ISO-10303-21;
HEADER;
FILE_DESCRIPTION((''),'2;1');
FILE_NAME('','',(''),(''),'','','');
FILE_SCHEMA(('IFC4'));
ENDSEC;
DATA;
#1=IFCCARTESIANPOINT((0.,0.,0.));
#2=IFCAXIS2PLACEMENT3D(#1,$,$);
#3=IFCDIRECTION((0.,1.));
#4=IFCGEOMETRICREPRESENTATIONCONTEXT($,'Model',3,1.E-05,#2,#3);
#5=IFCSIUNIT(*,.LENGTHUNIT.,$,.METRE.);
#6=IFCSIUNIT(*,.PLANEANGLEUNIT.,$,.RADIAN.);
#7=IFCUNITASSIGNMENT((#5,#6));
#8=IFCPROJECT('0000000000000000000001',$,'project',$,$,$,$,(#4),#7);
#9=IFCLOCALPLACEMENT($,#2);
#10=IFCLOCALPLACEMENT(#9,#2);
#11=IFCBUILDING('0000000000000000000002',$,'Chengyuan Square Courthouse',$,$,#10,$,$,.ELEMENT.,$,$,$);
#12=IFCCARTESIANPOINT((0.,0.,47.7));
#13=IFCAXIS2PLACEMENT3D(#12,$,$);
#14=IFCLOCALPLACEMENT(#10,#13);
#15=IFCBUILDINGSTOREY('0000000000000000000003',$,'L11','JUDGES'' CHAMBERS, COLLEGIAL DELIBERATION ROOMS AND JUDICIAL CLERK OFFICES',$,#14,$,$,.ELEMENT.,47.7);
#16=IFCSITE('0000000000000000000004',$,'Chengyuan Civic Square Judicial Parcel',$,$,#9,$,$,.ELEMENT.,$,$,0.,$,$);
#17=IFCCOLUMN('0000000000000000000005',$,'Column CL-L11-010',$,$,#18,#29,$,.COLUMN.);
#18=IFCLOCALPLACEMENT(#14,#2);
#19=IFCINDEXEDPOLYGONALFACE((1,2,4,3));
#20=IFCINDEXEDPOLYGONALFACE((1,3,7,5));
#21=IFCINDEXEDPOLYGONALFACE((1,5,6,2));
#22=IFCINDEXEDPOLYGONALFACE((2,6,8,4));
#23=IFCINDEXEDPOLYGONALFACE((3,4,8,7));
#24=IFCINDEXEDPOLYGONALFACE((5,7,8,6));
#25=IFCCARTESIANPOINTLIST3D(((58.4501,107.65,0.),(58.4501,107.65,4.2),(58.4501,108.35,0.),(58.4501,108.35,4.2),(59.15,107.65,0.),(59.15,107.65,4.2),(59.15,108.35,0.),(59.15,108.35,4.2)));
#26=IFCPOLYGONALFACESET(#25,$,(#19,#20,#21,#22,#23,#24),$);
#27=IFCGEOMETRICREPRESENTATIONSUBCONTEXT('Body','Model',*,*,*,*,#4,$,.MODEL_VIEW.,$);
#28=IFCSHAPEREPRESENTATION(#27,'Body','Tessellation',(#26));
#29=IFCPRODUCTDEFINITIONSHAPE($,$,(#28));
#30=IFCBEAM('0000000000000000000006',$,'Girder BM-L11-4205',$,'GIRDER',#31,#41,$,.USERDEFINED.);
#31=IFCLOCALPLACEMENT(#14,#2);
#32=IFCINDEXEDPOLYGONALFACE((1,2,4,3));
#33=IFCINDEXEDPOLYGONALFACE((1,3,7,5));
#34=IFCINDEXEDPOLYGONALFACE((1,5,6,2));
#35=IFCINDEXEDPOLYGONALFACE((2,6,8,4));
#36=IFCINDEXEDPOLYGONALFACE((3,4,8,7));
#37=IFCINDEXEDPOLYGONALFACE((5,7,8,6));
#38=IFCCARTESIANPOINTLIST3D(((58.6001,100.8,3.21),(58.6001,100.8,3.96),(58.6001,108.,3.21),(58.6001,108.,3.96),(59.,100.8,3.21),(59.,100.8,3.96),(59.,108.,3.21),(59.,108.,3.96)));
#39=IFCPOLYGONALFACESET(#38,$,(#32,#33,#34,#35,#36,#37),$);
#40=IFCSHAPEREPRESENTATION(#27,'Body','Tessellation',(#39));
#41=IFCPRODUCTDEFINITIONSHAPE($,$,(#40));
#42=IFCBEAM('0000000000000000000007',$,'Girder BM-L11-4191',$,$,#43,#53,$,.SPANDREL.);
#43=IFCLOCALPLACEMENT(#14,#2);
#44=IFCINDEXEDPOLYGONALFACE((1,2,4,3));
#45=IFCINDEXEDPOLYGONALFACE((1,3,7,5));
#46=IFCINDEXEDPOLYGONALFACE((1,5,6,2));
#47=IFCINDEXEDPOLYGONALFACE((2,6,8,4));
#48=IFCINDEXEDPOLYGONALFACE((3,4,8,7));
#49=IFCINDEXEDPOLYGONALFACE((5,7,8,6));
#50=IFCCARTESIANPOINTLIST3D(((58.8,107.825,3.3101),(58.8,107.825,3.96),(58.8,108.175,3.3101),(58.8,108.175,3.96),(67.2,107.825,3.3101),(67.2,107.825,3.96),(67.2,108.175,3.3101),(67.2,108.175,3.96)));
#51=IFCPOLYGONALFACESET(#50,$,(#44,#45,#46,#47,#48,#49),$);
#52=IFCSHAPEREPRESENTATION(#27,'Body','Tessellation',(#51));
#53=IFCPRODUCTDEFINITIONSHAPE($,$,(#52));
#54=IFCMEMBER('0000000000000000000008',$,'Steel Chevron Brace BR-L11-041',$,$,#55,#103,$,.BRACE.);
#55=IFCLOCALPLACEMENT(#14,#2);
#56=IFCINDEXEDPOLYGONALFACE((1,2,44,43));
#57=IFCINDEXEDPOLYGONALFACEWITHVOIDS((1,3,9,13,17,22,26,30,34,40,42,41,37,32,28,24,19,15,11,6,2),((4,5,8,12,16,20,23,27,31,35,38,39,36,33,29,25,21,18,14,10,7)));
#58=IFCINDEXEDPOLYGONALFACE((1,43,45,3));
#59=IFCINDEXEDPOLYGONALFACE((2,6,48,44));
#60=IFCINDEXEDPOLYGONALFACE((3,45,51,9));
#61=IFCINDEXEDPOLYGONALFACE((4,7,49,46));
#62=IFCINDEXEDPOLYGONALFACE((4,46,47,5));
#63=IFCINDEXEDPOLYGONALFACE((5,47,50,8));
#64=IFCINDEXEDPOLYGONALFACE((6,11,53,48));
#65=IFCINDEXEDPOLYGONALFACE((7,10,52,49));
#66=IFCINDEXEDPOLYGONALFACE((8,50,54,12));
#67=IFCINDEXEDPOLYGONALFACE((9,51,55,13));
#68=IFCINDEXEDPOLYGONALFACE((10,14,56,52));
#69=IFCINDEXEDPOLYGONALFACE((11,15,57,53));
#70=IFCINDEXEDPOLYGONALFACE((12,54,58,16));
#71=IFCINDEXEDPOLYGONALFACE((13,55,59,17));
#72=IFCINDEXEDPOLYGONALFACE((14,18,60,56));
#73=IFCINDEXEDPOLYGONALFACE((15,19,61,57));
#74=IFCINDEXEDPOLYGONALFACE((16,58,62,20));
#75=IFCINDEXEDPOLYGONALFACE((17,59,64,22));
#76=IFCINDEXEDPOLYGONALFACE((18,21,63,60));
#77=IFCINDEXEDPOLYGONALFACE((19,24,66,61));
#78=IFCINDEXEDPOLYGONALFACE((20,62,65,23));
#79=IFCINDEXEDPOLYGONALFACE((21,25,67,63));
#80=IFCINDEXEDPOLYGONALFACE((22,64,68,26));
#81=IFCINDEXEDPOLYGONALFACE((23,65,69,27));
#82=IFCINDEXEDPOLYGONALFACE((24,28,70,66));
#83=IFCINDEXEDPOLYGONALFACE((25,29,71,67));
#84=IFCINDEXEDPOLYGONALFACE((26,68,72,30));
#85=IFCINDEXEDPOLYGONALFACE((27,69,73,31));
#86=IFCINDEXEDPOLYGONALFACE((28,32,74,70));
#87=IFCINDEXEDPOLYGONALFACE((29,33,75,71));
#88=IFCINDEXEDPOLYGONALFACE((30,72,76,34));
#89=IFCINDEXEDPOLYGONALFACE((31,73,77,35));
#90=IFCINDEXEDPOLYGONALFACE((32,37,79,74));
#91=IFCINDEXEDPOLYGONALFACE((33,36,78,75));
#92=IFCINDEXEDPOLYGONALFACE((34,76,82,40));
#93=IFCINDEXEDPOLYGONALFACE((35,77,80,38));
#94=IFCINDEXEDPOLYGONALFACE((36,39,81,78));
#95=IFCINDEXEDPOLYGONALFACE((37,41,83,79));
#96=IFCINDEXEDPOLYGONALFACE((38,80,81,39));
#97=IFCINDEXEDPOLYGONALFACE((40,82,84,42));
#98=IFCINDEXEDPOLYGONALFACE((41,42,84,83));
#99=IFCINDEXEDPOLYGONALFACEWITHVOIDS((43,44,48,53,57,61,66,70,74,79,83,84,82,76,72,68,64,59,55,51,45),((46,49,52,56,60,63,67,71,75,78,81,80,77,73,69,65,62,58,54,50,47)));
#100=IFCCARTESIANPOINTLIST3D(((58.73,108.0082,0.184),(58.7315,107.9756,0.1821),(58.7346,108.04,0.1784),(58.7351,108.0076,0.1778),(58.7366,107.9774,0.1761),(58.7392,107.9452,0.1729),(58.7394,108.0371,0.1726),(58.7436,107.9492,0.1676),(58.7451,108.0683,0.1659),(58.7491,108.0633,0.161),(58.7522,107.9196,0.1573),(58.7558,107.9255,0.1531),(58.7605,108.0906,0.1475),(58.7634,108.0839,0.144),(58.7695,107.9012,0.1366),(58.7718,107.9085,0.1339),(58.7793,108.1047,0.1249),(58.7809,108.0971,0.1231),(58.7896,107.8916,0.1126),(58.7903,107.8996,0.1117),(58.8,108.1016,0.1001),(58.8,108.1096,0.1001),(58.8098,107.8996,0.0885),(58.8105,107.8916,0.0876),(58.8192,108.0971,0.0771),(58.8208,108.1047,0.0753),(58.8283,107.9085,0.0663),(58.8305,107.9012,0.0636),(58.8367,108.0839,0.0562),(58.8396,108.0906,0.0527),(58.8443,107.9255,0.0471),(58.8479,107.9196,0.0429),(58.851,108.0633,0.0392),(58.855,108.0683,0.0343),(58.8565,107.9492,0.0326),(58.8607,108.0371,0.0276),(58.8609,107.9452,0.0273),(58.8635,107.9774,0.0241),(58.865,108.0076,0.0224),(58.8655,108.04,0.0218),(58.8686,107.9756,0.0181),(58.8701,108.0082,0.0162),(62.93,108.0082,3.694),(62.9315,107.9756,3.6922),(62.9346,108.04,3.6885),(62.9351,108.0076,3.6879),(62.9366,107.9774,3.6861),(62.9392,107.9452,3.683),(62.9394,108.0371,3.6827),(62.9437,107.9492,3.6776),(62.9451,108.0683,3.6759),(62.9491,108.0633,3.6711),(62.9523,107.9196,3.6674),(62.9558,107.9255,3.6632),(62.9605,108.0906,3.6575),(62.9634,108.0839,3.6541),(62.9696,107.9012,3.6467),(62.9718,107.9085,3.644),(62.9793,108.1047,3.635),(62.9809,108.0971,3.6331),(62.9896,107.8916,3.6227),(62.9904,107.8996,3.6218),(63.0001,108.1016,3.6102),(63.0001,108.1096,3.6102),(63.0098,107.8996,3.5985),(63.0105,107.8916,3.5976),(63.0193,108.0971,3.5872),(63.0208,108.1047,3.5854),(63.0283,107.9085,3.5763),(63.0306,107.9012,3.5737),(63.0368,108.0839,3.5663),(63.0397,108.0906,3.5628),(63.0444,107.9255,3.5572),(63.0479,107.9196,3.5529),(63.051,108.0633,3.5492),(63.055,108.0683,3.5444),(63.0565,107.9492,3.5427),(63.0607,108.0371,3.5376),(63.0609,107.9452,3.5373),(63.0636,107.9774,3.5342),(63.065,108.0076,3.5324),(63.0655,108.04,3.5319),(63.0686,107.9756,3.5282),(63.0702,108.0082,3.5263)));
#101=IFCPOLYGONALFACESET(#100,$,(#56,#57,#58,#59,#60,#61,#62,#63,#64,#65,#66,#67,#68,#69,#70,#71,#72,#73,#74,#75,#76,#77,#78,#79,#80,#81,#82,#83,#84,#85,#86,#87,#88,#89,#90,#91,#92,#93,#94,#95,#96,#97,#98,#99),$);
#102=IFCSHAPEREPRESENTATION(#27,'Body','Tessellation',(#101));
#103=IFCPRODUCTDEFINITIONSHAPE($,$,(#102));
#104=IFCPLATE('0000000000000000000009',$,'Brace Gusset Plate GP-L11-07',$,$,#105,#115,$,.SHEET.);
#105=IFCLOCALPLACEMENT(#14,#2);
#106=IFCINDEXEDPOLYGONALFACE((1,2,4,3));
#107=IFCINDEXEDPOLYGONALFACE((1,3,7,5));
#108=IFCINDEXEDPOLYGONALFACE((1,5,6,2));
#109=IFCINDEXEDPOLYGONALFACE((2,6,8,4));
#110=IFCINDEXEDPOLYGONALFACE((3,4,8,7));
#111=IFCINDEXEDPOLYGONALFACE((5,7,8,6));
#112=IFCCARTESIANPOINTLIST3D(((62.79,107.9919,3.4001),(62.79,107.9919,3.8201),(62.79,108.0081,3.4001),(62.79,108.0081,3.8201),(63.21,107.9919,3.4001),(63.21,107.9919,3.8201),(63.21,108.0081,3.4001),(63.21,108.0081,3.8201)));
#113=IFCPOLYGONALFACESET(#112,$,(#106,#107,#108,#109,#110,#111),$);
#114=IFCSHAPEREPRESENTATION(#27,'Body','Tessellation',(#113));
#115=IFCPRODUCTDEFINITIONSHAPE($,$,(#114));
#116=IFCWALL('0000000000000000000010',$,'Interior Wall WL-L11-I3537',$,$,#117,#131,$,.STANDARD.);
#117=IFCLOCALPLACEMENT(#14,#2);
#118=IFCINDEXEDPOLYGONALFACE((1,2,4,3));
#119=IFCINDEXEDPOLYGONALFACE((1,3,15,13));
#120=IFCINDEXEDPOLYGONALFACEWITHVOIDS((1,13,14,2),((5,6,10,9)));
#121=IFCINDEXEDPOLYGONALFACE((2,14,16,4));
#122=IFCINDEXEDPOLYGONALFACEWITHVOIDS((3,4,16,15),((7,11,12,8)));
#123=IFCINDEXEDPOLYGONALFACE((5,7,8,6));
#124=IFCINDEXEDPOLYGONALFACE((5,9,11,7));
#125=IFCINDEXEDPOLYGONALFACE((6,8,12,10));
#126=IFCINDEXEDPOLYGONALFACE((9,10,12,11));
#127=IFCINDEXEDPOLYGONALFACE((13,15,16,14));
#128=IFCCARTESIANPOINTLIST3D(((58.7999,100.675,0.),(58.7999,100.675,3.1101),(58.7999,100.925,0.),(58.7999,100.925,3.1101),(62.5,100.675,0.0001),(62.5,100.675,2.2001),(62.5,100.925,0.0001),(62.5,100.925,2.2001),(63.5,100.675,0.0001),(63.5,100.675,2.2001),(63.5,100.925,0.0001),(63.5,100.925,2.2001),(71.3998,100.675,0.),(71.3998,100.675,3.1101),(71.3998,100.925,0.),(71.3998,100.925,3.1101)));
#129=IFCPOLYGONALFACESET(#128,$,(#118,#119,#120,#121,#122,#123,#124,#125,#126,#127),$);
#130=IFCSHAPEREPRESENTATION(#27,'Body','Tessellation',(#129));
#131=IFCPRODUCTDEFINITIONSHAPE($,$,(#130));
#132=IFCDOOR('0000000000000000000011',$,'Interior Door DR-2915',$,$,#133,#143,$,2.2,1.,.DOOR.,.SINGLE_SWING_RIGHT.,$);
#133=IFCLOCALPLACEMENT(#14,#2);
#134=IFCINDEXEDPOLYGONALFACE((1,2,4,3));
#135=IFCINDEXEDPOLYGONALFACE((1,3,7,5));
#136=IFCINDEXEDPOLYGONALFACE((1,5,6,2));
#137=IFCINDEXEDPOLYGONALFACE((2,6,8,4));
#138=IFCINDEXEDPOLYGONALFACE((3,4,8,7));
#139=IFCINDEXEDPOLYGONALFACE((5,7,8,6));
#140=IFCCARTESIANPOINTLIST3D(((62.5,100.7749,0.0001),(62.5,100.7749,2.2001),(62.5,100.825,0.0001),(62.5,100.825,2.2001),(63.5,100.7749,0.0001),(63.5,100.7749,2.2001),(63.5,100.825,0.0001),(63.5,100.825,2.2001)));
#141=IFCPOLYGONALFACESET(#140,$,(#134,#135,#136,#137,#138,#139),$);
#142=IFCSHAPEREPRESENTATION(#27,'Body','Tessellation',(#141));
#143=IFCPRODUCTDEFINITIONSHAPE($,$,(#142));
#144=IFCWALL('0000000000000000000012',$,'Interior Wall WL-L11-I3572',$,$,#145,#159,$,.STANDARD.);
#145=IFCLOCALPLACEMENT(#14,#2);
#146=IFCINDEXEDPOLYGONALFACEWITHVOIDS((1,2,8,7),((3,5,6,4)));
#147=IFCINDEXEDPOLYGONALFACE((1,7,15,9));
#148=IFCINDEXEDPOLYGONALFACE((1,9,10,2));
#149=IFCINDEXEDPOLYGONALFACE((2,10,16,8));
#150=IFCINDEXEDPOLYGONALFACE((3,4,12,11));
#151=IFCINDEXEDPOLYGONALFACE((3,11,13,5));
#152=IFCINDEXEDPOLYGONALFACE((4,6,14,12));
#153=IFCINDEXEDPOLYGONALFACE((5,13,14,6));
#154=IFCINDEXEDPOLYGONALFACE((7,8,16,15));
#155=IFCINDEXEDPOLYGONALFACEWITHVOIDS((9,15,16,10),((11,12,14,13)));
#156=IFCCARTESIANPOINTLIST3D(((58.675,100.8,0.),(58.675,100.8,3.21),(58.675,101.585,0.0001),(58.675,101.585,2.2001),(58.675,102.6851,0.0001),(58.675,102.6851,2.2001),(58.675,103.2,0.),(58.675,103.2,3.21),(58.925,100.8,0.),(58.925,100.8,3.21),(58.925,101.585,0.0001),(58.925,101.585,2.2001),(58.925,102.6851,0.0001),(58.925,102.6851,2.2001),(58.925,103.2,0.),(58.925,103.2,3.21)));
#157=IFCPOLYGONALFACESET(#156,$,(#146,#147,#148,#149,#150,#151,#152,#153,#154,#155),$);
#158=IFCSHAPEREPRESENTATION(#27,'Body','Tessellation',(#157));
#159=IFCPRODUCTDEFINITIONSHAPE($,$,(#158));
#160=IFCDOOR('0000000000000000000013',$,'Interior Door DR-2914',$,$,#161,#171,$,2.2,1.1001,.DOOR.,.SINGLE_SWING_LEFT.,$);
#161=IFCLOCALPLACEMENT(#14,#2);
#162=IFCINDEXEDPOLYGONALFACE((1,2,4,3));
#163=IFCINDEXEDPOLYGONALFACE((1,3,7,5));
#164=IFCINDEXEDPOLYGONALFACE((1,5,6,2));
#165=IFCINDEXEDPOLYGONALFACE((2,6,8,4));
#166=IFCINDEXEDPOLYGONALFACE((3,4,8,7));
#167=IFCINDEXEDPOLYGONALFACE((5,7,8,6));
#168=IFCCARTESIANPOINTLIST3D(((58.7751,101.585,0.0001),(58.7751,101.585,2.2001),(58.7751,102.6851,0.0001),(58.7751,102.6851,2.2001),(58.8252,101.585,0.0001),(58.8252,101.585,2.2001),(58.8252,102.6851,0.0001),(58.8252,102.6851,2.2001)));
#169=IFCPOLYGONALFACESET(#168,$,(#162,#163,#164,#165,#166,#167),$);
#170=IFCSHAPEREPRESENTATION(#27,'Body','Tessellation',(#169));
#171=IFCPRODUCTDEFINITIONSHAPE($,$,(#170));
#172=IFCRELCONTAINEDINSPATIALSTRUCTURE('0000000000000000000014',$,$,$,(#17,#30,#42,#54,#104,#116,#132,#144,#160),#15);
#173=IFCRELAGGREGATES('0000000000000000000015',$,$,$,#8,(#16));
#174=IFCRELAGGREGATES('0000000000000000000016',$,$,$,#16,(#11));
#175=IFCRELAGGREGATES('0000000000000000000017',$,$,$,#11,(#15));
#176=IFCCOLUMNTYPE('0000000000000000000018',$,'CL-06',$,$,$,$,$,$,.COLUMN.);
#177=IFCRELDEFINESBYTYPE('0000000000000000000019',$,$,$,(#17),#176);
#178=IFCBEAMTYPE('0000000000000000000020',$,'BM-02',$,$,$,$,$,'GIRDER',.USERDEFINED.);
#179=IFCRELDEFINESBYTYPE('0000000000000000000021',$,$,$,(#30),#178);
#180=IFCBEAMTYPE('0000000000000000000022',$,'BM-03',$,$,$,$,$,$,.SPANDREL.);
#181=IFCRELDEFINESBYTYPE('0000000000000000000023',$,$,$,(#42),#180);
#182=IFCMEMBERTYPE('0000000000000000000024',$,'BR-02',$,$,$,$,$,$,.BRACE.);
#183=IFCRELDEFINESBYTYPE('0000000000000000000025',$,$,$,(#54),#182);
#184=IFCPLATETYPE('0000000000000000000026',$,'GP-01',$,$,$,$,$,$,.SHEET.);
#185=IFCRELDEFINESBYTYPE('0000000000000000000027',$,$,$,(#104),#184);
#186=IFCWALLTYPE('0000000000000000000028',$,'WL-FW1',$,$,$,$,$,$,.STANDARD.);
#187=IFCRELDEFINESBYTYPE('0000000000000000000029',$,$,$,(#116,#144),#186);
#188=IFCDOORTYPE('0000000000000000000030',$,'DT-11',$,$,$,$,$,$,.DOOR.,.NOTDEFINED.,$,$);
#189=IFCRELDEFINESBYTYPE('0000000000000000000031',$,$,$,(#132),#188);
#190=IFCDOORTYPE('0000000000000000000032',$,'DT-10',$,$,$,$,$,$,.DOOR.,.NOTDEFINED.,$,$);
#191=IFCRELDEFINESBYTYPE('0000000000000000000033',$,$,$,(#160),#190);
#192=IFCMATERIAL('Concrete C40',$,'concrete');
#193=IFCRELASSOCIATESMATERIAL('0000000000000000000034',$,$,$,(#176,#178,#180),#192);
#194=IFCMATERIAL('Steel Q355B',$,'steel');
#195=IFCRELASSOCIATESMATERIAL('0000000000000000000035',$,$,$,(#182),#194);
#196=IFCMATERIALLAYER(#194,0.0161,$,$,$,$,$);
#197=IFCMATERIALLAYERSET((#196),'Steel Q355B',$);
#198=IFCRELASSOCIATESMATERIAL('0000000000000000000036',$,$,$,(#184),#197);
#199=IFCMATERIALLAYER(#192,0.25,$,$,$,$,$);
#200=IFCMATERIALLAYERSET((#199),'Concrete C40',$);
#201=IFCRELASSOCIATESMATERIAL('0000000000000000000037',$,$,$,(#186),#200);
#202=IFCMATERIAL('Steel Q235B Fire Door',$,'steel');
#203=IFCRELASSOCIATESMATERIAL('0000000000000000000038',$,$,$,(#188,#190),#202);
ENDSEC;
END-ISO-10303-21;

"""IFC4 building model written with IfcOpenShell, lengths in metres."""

from ifc_helpers import new_model, si_unit, direction, frame, frame_2d, origin, origin_2d, place, context, subcontext, project, spatial, rectangle, hollow_circle, extrude, material, layer, layer_set, material_profile, profile_set, type_object, element, fill, save


model = new_model("IFC4")

# Units and contexts
model_context = context("Model", 3, precision=1e-05, world=origin(), true_north=direction((0.0, 1.0)))
body_context = subcontext(model_context, "Body", "Model", "MODEL_VIEW")
ifc_project = project(units=[si_unit("LENGTHUNIT", "METRE"), si_unit("PLANEANGLEUNIT", "RADIAN")], contexts=[model_context])

# Site, building, storey
site_placement = place(None, origin())
site = spatial("IfcSite", under=ifc_project, at=site_placement, Name="Chengyuan Civic Square Judicial Parcel", CompositionType="ELEMENT", RefElevation=0.0)
building_placement = place(site_placement, origin())
building = spatial("IfcBuilding", under=site, at=building_placement, Name="Chengyuan Square Courthouse", CompositionType="ELEMENT")
storey_placement = place(building_placement, frame((0.0, 0.0, 47.7)))
storey = spatial("IfcBuildingStorey", under=building, at=storey_placement, Name="L11", Description="JUDGES' CHAMBERS, COLLEGIAL DELIBERATION ROOMS AND JUDICIAL CLERK OFFICES", CompositionType="ELEMENT", Elevation=47.7)

# Column
ifc_material_1 = material(Name="Concrete C40", Category="concrete")
ifc_material_profile_1 = material_profile(ifc_material_1, rectangle(XDim=0.7, YDim=0.7, at=origin_2d()), Name="RC-COL-700x700")
ifc_profile_set_1 = profile_set([ifc_material_profile_1], Name="Concrete C40")
column_type = type_object("IfcColumnType", Name="CL-06", PredefinedType="COLUMN", material=ifc_profile_set_1)
column_placement = place(storey_placement, frame((58.8, 108.0, 0.0), z_axis=(0.0, 0.0, 1.0), x_axis=(1.0, 0.0, 0.0)))
element("IfcColumn", 1, at=column_placement, inside=storey, type_object=column_type, Name="Column CL-L11-010", PredefinedType="COLUMN", context=body_context, shape_type="SweptSolid", body=[
    extrude(rectangle(XDim=0.7, YDim=0.7, at=origin_2d()), origin(), (0.0, 0.0, 1.0), 4.2),
])

# Beams
ifc_material_profile_2 = material_profile(ifc_material_1, rectangle(XDim=0.3999, YDim=0.75, at=origin_2d()), Name="RC-BM-400x750")
ifc_profile_set_2 = profile_set([ifc_material_profile_2], Name="Concrete C40")
beam_type_1 = type_object("IfcBeamType", Name="BM-02", ElementType="GIRDER", PredefinedType="USERDEFINED", material=ifc_profile_set_2)
beam_1_placement = place(storey_placement, frame((58.8, 100.8, 3.585), z_axis=(0.0, 1.0, 0.0), x_axis=(-1.0, 0.0, 0.0)))
element("IfcBeam", 2, at=beam_1_placement, inside=storey, type_object=beam_type_1, Name="Girder BM-L11-4205", ObjectType="GIRDER", PredefinedType="USERDEFINED", context=body_context, shape_type="SweptSolid", body=[
    extrude(rectangle(XDim=0.3999, YDim=0.75, at=origin_2d()), origin(), (0.0, 0.0, 1.0), 7.2),
])
ifc_material_profile_3 = material_profile(ifc_material_1, rectangle(XDim=0.3501, YDim=0.6499, at=origin_2d()), Name="RC-BM-350x650")
ifc_profile_set_3 = profile_set([ifc_material_profile_3], Name="Concrete C40")
beam_type_2 = type_object("IfcBeamType", Name="BM-03", PredefinedType="SPANDREL", material=ifc_profile_set_3)
beam_2_placement = place(storey_placement, frame((58.8, 108.0, 3.635), z_axis=(1.0, 0.0, 0.0), x_axis=(0.0, 1.0, 0.0)))
element("IfcBeam", 3, at=beam_2_placement, inside=storey, type_object=beam_type_2, Name="Girder BM-L11-4191", PredefinedType="SPANDREL", context=body_context, shape_type="SweptSolid", body=[
    extrude(rectangle(XDim=0.3501, YDim=0.6499, at=origin_2d()), origin(), (0.0, 0.0, 1.0), 8.3999),
])

# Member
ifc_material_2 = material(Name="Steel Q355B", Category="steel")
ifc_material_profile_4 = material_profile(ifc_material_2, hollow_circle(Radius=0.1096, WallThickness=0.0081, at=origin_2d()), Name="CHS 219x8")
ifc_profile_set_4 = profile_set([ifc_material_profile_4], Name="Steel Q355B")
member_type = type_object("IfcMemberType", Name="BR-02", PredefinedType="BRACE", material=ifc_profile_set_4)
member_placement = place(storey_placement, frame((58.8, 108.0, 0.1001), z_axis=(0.767317, 0.0, 0.641267), x_axis=(0.0, 1.0, 0.0)))
element("IfcMember", 4, at=member_placement, inside=storey, type_object=member_type, Name="Steel Chevron Brace BR-L11-041", PredefinedType="BRACE", context=body_context, shape_type="SweptSolid", body=[
    extrude(hollow_circle(Radius=0.1096, WallThickness=0.0081, at=origin_2d()), origin(), (0.0, 0.0, 1.0), 5.4736),
])

# Plate
ifc_layer_1 = layer(ifc_material_2, 0.0161)
ifc_layer_set_1 = layer_set([ifc_layer_1], Name="Steel Q355B")
plate_type = type_object("IfcPlateType", Name="GP-01", PredefinedType="SHEET", material=ifc_layer_set_1)
plate_placement = place(storey_placement, frame((63.0, 108.0, 3.4001), z_axis=(0.0, 0.0, 1.0), x_axis=(1.0, 0.0, 0.0)))
element("IfcPlate", 5, at=plate_placement, inside=storey, type_object=plate_type, Name="Brace Gusset Plate GP-L11-07", PredefinedType="SHEET", context=body_context, shape_type="SweptSolid", body=[
    extrude(rectangle(XDim=0.4199, YDim=0.0161, at=origin_2d()), origin(), (0.0, 0.0, 1.0), 0.4199),
])

# Walls, openings, doors
ifc_layer_2 = layer(ifc_material_1, 0.25)
ifc_layer_set_2 = layer_set([ifc_layer_2], Name="Concrete C40")
wall_type_1 = type_object("IfcWallType", Name="WL-FW1", PredefinedType="STANDARD", material=ifc_layer_set_2)
wall_1_placement = place(storey_placement, frame((58.8, 100.8, 0.0), z_axis=(0.0, 0.0, 1.0), x_axis=(1.0, 0.0, 0.0)))
wall_1 = element("IfcWall", 6, at=wall_1_placement, inside=storey, type_object=wall_type_1, Name="Interior Wall WL-L11-I3537", PredefinedType="STANDARD", context=body_context, shape_type="SweptSolid", body=[
    extrude(rectangle(XDim=12.5999, YDim=0.25, at=frame_2d((6.2998, 0.0))), origin(), (0.0, 0.0, 1.0), 3.1101),
])
opening_1_placement = place(wall_1_placement, frame((3.7, 0.0, 0.0)))
opening_1 = element("IfcOpeningElement", 7, at=opening_1_placement, cuts=wall_1, PredefinedType="OPENING", context=body_context, shape_type="SweptSolid", body=[
    extrude(rectangle(XDim=1.0, YDim=2.2, at=frame_2d((0.5, 1.1001))), frame((0.0, 0.137, 0.0), z_axis=(0.0, -1.0, 0.0), x_axis=(1.0, 0.0, 0.0)), (0.0, 0.0, 1.0), 0.2739),
])
ifc_material_3 = material(Name="Steel Q235B Fire Door", Category="steel")
door_type_1 = type_object("IfcDoorType", Name="DT-11", OperationType="NOTDEFINED", PredefinedType="DOOR", material=ifc_material_3)
door_1_placement = place(opening_1_placement, origin())
door_1 = element("IfcDoor", 8, at=door_1_placement, inside=storey, type_object=door_type_1, Name="Interior Door DR-2915", OperationType="SINGLE_SWING_RIGHT", OverallHeight=2.2, OverallWidth=1.0, PredefinedType="DOOR", context=body_context, shape_type="SweptSolid", body=[
    extrude(rectangle(XDim=1.0, YDim=2.2, at=frame_2d((0.5, 1.1001))), frame((0.0, 0.0249, 0.0), z_axis=(0.0, -1.0, 0.0), x_axis=(1.0, 0.0, 0.0)), (0.0, 0.0, 1.0), 0.05),
])
fill(opening_1, door_1)
wall_2_placement = place(storey_placement, frame((58.8, 100.8, 0.0), z_axis=(0.0, 0.0, 1.0), x_axis=(0.0, 1.0, 0.0)))
wall_2 = element("IfcWall", 9, at=wall_2_placement, inside=storey, type_object=wall_type_1, Name="Interior Wall WL-L11-I3572", PredefinedType="STANDARD", context=body_context, shape_type="SweptSolid", body=[
    extrude(rectangle(XDim=2.3999, YDim=0.25, at=frame_2d((1.2, 0.0))), origin(), (0.0, 0.0, 1.0), 3.21),
])
opening_2_placement = place(wall_2_placement, frame((0.7849, 0.0, 0.0)))
opening_2 = element("IfcOpeningElement", 10, at=opening_2_placement, cuts=wall_2, PredefinedType="OPENING", context=body_context, shape_type="SweptSolid", body=[
    extrude(rectangle(XDim=1.1001, YDim=2.2, at=frame_2d((0.55, 1.1001))), frame((0.0, 0.137, 0.0), z_axis=(0.0, -1.0, 0.0), x_axis=(1.0, 0.0, 0.0)), (0.0, 0.0, 1.0), 0.2739),
])
door_type_2 = type_object("IfcDoorType", Name="DT-10", OperationType="NOTDEFINED", PredefinedType="DOOR", material=ifc_material_3)
door_2_placement = place(opening_2_placement, origin())
door_2 = element("IfcDoor", 11, at=door_2_placement, inside=storey, type_object=door_type_2, Name="Interior Door DR-2914", OperationType="SINGLE_SWING_LEFT", OverallHeight=2.2, OverallWidth=1.1001, PredefinedType="DOOR", context=body_context, shape_type="SweptSolid", body=[
    extrude(rectangle(XDim=1.1001, YDim=2.2, at=frame_2d((0.55, 1.1001))), frame((0.0, 0.0249, 0.0), z_axis=(0.0, -1.0, 0.0), x_axis=(1.0, 0.0, 0.0)), (0.0, 0.0, 1.0), 0.05),
])
fill(opening_2, door_2)

save(model, "model.ifc")
